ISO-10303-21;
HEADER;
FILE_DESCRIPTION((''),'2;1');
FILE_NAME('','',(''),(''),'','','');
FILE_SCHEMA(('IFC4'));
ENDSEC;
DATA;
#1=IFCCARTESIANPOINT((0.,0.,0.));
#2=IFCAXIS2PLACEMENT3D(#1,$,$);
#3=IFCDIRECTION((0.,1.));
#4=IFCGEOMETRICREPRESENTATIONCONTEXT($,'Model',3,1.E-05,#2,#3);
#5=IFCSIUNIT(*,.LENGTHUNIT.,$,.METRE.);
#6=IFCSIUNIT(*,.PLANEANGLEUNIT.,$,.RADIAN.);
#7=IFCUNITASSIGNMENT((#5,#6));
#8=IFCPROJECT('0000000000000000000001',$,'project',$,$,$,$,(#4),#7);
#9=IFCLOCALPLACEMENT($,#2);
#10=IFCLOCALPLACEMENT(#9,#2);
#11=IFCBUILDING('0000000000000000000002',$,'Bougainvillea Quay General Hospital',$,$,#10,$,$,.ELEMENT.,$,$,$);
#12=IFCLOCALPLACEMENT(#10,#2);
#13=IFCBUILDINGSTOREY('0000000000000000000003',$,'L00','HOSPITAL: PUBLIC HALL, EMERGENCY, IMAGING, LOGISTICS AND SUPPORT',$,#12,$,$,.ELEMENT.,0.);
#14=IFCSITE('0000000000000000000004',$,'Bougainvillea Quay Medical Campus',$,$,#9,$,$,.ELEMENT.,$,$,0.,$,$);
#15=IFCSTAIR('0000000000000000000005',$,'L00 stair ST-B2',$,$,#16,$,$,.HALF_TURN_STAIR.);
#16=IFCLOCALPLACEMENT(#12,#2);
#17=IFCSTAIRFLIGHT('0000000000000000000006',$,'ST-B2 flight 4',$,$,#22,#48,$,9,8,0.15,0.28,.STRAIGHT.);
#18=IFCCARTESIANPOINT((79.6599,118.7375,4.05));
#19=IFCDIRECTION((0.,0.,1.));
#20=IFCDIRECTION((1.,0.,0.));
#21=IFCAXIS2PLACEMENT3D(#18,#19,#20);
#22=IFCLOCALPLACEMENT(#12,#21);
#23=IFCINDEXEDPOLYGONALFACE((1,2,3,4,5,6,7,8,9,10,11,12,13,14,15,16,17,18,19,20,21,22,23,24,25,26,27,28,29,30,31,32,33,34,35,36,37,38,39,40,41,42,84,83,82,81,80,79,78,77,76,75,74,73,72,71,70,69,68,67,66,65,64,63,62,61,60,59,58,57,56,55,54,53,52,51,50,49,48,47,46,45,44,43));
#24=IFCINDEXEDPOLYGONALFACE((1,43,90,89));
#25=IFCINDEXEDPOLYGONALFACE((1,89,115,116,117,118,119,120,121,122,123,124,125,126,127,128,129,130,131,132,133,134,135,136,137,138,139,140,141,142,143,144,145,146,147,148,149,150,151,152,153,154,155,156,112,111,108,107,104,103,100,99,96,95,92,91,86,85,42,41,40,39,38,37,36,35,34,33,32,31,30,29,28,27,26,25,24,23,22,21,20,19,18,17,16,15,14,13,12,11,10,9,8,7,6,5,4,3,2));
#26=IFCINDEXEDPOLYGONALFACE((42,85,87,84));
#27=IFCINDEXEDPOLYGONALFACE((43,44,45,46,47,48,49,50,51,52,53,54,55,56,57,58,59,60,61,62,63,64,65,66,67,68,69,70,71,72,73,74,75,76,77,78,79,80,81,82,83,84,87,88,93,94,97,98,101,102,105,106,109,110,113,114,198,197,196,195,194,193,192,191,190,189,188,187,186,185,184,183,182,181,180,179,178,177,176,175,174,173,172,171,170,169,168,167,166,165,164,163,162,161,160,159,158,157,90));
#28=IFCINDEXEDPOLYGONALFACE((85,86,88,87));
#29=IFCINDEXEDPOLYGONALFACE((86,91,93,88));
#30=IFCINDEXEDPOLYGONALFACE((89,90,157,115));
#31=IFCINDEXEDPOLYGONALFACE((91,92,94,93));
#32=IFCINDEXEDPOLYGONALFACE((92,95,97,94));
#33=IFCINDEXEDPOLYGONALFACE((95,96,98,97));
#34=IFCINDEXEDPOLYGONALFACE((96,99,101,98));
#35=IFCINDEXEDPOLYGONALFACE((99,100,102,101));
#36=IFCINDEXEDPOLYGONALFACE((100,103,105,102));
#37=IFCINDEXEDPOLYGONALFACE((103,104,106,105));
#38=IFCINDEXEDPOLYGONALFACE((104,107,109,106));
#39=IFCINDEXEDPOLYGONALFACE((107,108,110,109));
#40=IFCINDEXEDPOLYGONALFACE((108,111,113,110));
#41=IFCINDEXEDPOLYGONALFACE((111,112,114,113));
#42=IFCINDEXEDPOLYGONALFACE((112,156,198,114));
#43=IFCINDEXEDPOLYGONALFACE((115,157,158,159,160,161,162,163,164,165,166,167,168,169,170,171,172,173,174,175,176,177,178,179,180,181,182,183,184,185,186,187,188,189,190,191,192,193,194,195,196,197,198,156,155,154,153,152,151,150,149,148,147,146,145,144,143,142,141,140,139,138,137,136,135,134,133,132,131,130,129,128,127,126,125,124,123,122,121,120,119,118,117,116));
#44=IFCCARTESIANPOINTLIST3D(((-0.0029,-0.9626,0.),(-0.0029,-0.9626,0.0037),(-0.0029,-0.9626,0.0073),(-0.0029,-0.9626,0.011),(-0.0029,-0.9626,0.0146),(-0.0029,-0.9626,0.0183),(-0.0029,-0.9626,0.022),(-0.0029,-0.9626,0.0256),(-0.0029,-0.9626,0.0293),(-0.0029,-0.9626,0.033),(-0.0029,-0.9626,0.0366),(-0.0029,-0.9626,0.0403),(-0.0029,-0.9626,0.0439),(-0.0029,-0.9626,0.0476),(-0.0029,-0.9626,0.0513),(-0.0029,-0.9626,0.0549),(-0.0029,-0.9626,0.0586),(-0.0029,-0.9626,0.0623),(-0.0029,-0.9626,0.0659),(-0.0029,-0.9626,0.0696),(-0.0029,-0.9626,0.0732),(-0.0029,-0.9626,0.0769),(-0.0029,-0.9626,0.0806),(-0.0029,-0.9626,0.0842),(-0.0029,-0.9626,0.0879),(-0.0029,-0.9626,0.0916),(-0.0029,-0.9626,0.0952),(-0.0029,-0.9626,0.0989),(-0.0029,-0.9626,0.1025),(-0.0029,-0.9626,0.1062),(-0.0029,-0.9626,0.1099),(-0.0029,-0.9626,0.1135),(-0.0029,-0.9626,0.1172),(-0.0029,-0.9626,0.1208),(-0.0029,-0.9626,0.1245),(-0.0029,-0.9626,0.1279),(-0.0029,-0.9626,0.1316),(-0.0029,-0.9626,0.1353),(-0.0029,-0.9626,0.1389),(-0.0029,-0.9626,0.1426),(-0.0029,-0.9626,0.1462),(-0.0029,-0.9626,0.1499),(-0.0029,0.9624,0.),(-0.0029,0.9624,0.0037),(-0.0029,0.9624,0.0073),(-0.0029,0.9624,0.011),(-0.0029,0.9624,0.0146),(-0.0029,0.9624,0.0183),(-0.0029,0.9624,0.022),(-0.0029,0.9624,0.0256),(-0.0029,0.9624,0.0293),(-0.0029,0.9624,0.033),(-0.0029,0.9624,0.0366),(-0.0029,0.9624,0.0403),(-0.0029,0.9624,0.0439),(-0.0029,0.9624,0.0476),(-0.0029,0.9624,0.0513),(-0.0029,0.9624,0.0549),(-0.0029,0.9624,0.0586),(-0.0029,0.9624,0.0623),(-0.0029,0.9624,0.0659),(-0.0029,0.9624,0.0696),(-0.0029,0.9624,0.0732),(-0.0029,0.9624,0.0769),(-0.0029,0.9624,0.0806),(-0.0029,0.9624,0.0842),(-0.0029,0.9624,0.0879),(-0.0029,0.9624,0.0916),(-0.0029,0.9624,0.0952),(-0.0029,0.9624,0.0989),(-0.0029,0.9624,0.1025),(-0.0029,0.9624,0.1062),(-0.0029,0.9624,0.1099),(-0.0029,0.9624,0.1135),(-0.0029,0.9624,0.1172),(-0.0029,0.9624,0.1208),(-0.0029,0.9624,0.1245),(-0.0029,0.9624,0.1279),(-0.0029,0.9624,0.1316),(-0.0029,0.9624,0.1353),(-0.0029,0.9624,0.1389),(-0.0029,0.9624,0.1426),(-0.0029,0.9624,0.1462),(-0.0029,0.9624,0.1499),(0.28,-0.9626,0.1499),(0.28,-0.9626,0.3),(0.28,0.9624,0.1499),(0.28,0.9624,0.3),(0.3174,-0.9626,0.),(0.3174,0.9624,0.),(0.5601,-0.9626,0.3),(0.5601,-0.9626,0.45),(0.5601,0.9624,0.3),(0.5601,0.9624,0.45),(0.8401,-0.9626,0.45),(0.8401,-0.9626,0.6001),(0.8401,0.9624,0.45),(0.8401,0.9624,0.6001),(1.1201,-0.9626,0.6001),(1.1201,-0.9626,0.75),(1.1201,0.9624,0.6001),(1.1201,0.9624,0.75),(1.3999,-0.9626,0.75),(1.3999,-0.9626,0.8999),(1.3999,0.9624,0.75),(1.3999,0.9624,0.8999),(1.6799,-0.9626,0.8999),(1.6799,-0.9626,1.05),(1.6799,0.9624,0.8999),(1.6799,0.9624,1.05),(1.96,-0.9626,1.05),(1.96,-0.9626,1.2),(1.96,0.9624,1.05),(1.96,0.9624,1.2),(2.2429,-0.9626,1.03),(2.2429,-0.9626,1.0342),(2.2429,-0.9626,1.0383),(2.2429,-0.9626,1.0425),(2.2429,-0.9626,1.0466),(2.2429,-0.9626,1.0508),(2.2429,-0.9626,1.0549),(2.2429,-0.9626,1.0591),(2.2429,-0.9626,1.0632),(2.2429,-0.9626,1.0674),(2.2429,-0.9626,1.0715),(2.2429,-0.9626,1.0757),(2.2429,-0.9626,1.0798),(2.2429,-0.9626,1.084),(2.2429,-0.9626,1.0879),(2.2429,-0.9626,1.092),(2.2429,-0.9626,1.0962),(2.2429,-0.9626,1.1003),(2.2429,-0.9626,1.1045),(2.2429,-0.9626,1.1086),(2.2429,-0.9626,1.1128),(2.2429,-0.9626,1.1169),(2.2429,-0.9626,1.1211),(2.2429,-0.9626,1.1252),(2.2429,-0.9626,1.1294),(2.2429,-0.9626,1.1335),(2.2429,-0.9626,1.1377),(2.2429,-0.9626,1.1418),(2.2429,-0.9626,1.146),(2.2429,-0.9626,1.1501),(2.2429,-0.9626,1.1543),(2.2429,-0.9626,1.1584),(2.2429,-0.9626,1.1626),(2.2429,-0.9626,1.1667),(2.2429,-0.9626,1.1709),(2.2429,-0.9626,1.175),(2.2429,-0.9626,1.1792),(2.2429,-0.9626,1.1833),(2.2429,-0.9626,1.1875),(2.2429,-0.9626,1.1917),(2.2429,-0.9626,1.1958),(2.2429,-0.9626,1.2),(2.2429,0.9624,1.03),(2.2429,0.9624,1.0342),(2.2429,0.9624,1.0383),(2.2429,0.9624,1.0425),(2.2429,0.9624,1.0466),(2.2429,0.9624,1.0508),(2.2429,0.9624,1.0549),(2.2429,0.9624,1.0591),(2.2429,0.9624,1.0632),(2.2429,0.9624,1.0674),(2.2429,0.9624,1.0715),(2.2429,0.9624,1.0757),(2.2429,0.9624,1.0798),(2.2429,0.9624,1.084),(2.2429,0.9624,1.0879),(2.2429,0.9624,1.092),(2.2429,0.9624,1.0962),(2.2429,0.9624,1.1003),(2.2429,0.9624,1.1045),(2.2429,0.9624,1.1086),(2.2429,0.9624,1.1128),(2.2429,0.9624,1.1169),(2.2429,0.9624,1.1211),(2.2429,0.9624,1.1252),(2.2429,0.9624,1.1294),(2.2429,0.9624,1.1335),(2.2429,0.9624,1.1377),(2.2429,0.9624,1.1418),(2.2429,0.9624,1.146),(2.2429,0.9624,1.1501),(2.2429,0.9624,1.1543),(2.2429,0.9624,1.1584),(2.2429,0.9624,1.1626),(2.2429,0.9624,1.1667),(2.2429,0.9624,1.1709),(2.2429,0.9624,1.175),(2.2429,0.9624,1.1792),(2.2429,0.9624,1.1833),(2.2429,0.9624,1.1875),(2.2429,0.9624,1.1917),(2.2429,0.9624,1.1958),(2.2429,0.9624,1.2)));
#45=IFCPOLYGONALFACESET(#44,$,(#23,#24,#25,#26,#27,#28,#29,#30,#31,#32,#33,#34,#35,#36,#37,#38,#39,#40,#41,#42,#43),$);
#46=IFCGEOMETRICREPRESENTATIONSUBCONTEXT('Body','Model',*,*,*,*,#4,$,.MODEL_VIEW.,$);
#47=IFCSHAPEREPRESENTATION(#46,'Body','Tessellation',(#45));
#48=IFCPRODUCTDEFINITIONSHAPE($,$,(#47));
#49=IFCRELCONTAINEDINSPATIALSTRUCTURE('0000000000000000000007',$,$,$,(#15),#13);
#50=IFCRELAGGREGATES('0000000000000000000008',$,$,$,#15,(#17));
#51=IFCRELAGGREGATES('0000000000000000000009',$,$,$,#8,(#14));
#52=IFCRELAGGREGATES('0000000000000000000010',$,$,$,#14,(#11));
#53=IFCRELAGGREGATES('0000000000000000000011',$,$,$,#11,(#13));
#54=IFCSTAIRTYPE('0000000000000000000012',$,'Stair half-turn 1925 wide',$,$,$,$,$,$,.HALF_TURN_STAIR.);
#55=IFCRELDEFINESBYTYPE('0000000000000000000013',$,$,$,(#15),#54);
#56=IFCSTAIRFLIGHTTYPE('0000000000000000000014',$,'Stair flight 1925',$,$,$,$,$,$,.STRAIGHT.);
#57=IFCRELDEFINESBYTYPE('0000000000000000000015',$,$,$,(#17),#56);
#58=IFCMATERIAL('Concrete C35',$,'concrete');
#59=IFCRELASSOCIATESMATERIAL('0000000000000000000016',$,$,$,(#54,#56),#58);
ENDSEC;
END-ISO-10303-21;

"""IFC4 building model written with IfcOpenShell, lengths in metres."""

from ifc_helpers import new_model, si_unit, direction, frame, origin, place, context, subcontext, project, spatial, polyline, outline, extrude, material, type_object, element, aggregate, save


model = new_model("IFC4")

# Units and contexts
model_context = context("Model", 3, precision=1e-05, world=origin(), true_north=direction((0.0, 1.0)))
body_context = subcontext(model_context, "Body", "Model", "MODEL_VIEW")
ifc_project = project(units=[si_unit("LENGTHUNIT", "METRE"), si_unit("PLANEANGLEUNIT", "RADIAN")], contexts=[model_context])

# Site, building, storey
site_placement = place(None, origin())
site = spatial("IfcSite", under=ifc_project, at=site_placement, Name="Bougainvillea Quay Medical Campus", CompositionType="ELEMENT", RefElevation=0.0)
building_placement = place(site_placement, origin())
building = spatial("IfcBuilding", under=site, at=building_placement, Name="Bougainvillea Quay General Hospital", CompositionType="ELEMENT")
storey_placement = place(building_placement, origin())
storey = spatial("IfcBuildingStorey", under=building, at=storey_placement, Name="L00", Description="HOSPITAL: PUBLIC HALL, EMERGENCY, IMAGING, LOGISTICS AND SUPPORT", CompositionType="ELEMENT", Elevation=0.0)

# Stair, stair flight
ifc_material_1 = material(Name="Concrete C35", Category="concrete")
stair_type = type_object("IfcStairType", Name="Stair half-turn 1925 wide", PredefinedType="HALF_TURN_STAIR", material=ifc_material_1)
stair_placement = place(storey_placement, origin())
stair = element("IfcStair", 1, at=stair_placement, inside=storey, type_object=stair_type, Name="L00 stair ST-B2", PredefinedType="HALF_TURN_STAIR")
stair_flight_type = type_object("IfcStairFlightType", Name="Stair flight 1925", PredefinedType="STRAIGHT", material=ifc_material_1)
stair_flight_1_placement = place(storey_placement, frame((79.6599, 118.7375, 4.05), z_axis=(0.0, 0.0, 1.0), x_axis=(1.0, 0.0, 0.0)))
stair_flight_1 = element("IfcStairFlight", 2, at=stair_flight_1_placement, type_object=stair_flight_type, Name="ST-B2 flight 4", NumberOfRisers=9, NumberOfTreads=8, PredefinedType="STRAIGHT", RiserHeight=0.15, TreadLength=0.28, context=body_context, shape_type="SweptSolid", body=[
    extrude(outline(polyline([(-0.0029, 0.0), (-0.0029, 0.0037), (-0.0029, 0.0073), (-0.0029, 0.011), (-0.0029, 0.0146), (-0.0029, 0.0183), (-0.0029, 0.022), (-0.0029, 0.0256), (-0.0029, 0.0293), (-0.0029, 0.033), (-0.0029, 0.0366), (-0.0029, 0.0403), (-0.0029, 0.0439), (-0.0029, 0.0476), (-0.0029, 0.0513), (-0.0029, 0.0549), (-0.0029, 0.0586), (-0.0029, 0.0623), (-0.0029, 0.0659), (-0.0029, 0.0696), (-0.0029, 0.0732), (-0.0029, 0.0769), (-0.0029, 0.0806), (-0.0029, 0.0842), (-0.0029, 0.0879), (-0.0029, 0.0916), (-0.0029, 0.0952), (-0.0029, 0.0989), (-0.0029, 0.1025), (-0.0029, 0.1062), (-0.0029, 0.1099), (-0.0029, 0.1135), (-0.0029, 0.1172), (-0.0029, 0.1208), (-0.0029, 0.1245), (-0.0029, 0.1279), (-0.0029, 0.1316), (-0.0029, 0.1353), (-0.0029, 0.1389), (-0.0029, 0.1426), (-0.0029, 0.1462), (-0.0029, 0.1499), (0.28, 0.1499), (0.28, 0.3), (0.5601, 0.3), (0.5601, 0.45), (0.8401, 0.45), (0.8401, 0.6001), (1.1201, 0.6001), (1.1201, 0.75), (1.3999, 0.75), (1.3999, 0.8999), (1.6799, 0.8999), (1.6799, 1.05), (1.96, 1.05), (1.96, 1.2), (2.2429, 1.2), (2.2429, 1.1958), (2.2429, 1.1917), (2.2429, 1.1875), (2.2429, 1.1833), (2.2429, 1.1792), (2.2429, 1.175), (2.2429, 1.1709), (2.2429, 1.1667), (2.2429, 1.1626), (2.2429, 1.1584), (2.2429, 1.1543), (2.2429, 1.1501), (2.2429, 1.146), (2.2429, 1.1418), (2.2429, 1.1377), (2.2429, 1.1335), (2.2429, 1.1294), (2.2429, 1.1252), (2.2429, 1.1211), (2.2429, 1.1169), (2.2429, 1.1128), (2.2429, 1.1086), (2.2429, 1.1045), (2.2429, 1.1003), (2.2429, 1.0962), (2.2429, 1.092), (2.2429, 1.0879), (2.2429, 1.084), (2.2429, 1.0798), (2.2429, 1.0757), (2.2429, 1.0715), (2.2429, 1.0674), (2.2429, 1.0632), (2.2429, 1.0591), (2.2429, 1.0549), (2.2429, 1.0508), (2.2429, 1.0466), (2.2429, 1.0425), (2.2429, 1.0383), (2.2429, 1.0342), (2.2429, 1.03), (0.3174, 0.0), (-0.0029, 0.0)])), frame((0.0, 0.9624, 0.0), z_axis=(0.0, -1.0, 0.0), x_axis=(1.0, 0.0, 0.0)), (0.0, 0.0, 1.0), 1.925),
])
aggregate(stair, [stair_flight_1])

save(model, "model.ifc")
